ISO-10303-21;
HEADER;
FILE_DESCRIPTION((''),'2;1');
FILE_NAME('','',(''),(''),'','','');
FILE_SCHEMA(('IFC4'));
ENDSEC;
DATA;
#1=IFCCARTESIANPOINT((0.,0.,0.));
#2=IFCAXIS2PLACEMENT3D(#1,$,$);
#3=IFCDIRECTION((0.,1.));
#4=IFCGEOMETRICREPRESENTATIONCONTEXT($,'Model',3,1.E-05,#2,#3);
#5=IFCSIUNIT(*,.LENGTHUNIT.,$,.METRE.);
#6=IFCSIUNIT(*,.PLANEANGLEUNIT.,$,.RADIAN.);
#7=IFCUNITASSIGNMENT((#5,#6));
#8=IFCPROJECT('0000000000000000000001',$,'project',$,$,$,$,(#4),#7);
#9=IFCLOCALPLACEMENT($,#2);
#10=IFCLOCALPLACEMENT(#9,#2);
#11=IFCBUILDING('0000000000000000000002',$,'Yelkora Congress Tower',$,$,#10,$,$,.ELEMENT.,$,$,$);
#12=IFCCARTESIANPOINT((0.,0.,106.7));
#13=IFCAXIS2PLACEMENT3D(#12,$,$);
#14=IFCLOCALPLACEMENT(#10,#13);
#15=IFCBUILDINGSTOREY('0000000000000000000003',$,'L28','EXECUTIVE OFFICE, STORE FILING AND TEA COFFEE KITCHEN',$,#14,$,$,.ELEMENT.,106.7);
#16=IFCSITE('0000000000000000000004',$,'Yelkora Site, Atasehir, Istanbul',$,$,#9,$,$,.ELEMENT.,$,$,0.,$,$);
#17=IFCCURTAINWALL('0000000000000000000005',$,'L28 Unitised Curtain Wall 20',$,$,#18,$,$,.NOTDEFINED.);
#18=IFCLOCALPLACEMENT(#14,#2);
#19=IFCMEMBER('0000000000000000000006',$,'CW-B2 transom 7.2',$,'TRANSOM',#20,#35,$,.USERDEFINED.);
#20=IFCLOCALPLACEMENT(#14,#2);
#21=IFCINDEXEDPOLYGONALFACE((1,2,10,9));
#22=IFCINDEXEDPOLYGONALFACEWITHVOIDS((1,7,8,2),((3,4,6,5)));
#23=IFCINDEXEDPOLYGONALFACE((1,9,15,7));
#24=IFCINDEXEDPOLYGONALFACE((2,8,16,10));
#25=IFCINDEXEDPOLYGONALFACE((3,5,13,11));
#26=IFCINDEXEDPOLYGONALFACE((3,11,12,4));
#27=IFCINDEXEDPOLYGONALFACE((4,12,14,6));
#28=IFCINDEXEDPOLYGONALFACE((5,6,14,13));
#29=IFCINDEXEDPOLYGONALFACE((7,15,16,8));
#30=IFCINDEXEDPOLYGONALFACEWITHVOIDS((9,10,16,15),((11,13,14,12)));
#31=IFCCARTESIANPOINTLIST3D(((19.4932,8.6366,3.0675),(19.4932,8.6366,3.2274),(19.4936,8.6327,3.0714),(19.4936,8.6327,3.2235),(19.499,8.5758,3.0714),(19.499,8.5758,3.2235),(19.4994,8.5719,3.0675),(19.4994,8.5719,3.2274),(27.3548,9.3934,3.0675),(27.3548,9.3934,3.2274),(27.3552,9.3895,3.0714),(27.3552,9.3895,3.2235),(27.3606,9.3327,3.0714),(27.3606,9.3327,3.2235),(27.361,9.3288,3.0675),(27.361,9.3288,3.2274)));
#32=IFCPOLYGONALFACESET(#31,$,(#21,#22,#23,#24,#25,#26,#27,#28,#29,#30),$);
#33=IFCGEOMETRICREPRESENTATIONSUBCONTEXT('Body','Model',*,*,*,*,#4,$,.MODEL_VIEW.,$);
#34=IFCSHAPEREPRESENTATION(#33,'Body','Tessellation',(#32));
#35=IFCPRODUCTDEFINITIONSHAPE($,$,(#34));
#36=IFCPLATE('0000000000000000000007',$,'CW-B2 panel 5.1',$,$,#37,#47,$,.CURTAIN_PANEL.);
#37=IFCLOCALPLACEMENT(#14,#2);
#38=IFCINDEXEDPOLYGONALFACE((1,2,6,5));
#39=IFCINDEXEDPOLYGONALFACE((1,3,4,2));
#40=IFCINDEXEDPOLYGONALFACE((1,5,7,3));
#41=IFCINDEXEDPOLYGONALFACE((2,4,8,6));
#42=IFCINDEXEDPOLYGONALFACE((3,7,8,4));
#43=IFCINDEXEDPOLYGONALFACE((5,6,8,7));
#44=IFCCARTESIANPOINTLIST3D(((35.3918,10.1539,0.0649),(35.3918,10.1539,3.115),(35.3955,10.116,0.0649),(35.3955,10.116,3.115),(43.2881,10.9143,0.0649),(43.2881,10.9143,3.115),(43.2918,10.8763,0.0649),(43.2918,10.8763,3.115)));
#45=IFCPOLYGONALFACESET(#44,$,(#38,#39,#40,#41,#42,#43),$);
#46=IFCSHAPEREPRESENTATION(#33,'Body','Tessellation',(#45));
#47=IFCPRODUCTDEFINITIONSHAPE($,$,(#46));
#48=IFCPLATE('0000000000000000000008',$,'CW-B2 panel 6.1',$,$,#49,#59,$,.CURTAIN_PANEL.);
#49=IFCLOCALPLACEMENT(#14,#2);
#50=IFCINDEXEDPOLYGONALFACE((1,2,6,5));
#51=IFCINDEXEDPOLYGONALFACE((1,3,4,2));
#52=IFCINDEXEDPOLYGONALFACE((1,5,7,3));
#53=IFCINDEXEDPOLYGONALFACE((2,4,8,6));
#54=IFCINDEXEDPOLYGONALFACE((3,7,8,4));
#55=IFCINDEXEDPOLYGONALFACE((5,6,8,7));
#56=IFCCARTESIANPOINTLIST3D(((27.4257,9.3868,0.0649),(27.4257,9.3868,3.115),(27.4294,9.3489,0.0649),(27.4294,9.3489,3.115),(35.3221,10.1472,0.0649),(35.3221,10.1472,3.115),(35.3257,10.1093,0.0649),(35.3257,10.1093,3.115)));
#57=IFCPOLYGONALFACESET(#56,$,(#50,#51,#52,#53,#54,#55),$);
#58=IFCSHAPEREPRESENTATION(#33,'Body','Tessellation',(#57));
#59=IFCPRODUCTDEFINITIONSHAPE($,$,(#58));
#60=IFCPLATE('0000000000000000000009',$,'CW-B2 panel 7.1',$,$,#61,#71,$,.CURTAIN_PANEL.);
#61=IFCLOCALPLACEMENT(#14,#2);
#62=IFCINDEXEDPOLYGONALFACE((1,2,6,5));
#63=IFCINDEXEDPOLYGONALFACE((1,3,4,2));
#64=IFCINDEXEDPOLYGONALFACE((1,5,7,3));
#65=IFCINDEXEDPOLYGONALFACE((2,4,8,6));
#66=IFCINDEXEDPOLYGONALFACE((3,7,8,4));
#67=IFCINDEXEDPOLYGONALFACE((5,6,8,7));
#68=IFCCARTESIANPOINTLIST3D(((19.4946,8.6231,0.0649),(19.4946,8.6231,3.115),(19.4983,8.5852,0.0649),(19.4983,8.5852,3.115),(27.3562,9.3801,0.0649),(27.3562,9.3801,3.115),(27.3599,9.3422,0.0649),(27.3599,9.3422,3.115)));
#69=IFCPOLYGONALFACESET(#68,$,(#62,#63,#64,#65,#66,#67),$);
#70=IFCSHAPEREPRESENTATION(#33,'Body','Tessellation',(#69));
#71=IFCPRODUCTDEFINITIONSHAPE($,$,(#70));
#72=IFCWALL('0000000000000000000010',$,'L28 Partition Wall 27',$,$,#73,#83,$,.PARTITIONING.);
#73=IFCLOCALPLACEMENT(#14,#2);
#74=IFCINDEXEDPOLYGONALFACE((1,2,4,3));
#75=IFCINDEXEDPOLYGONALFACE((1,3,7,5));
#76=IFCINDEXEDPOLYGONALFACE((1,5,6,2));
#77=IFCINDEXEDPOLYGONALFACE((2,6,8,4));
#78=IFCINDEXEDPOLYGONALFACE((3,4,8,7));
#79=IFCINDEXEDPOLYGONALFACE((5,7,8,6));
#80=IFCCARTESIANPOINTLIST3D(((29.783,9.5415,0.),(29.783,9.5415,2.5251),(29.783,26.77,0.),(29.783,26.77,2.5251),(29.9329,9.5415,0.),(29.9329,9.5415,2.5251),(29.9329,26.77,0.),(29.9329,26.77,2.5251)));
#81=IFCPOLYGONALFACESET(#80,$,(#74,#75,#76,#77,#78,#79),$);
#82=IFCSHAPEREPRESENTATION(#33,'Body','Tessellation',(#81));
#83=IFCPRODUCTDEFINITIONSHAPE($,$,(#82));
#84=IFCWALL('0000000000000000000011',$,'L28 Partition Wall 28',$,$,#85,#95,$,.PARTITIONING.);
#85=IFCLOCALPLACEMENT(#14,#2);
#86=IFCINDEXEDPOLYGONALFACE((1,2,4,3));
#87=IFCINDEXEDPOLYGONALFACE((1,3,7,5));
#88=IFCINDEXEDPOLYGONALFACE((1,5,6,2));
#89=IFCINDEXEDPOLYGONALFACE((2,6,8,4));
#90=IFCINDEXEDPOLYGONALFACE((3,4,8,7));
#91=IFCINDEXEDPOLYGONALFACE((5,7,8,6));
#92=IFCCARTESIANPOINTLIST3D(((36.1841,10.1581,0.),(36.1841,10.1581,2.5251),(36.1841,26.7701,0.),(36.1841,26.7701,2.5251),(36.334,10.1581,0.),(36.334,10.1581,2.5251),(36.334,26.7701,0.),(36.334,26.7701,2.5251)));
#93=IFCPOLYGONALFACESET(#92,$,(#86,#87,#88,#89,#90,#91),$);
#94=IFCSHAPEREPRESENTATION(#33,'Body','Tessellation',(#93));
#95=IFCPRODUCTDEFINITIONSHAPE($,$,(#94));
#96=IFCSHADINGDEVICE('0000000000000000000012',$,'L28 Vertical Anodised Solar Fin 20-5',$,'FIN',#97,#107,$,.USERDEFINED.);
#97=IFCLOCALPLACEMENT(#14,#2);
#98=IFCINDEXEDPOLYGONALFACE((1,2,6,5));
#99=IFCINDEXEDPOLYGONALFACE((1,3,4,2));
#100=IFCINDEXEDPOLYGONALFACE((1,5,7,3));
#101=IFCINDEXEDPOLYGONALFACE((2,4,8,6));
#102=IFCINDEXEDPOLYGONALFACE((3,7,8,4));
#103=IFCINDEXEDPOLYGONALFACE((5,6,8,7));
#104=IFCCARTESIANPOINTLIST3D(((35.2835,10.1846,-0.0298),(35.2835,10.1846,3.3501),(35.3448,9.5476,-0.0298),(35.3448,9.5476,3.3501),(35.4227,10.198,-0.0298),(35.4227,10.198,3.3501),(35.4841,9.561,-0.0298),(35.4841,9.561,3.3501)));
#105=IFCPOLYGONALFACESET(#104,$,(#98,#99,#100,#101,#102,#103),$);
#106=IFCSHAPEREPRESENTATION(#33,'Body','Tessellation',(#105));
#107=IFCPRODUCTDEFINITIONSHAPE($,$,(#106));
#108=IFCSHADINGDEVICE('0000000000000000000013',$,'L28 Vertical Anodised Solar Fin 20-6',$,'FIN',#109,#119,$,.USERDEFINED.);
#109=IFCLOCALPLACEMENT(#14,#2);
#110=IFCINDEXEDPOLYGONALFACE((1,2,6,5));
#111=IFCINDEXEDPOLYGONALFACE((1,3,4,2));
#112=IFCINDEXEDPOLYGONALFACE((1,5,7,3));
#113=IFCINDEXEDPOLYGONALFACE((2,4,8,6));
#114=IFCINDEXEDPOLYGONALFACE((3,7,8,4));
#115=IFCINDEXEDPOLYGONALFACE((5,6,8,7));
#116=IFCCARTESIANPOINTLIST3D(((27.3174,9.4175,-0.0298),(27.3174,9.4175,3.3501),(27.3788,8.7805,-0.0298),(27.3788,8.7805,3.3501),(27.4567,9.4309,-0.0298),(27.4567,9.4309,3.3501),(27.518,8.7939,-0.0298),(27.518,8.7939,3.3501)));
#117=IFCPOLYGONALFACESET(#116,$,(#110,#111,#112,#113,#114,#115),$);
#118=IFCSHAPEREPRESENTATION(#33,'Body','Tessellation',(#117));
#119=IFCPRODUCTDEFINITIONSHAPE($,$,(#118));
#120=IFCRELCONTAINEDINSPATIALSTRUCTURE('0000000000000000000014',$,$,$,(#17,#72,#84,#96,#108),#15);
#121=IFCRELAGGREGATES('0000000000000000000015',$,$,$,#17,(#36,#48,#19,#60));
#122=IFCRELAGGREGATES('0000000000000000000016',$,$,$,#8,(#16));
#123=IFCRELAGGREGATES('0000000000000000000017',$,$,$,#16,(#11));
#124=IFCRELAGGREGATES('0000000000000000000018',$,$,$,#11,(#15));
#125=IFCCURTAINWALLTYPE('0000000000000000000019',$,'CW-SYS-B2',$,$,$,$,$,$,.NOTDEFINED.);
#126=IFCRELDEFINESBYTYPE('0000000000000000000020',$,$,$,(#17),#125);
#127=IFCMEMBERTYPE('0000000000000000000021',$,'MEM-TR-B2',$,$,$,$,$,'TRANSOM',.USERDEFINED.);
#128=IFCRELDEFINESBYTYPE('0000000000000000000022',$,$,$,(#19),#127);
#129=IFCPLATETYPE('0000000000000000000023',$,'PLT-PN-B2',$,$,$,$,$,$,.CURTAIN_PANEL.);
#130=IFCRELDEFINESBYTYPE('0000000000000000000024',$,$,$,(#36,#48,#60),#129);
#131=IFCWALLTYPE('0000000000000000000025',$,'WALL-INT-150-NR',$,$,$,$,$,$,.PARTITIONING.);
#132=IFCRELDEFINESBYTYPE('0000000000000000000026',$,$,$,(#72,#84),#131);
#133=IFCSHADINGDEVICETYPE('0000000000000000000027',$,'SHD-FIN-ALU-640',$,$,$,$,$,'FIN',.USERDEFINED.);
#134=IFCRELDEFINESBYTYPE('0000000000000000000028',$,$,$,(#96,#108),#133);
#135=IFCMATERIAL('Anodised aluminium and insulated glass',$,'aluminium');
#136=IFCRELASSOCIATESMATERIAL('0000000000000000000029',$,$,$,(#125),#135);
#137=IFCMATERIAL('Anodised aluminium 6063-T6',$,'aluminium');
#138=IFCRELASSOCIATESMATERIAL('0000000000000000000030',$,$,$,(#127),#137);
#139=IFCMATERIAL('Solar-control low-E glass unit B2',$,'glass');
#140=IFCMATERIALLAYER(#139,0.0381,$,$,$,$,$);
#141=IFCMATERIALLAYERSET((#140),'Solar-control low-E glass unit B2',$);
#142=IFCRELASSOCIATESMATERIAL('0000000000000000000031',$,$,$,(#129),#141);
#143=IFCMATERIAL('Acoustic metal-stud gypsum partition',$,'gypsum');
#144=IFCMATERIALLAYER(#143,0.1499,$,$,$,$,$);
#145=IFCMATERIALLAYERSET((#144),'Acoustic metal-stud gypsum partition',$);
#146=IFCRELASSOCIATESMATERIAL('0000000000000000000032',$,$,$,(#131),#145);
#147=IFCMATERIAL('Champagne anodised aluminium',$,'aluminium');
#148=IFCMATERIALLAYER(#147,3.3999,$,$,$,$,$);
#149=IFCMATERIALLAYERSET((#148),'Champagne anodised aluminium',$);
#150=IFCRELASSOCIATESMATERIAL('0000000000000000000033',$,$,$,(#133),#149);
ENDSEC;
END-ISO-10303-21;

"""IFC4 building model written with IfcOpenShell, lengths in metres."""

from ifc_helpers import new_model, si_unit, direction, frame, frame_2d, origin, origin_2d, place, context, subcontext, project, spatial, rectangle, hollow_rectangle, extrude, material, layer, layer_set, material_profile, profile_set, type_object, element, aggregate, save


model = new_model("IFC4")

# Units and contexts
model_context = context("Model", 3, precision=1e-05, world=origin(), true_north=direction((0.0, 1.0)))
body_context = subcontext(model_context, "Body", "Model", "MODEL_VIEW")
ifc_project = project(units=[si_unit("LENGTHUNIT", "METRE"), si_unit("PLANEANGLEUNIT", "RADIAN")], contexts=[model_context])

# Site, building, storey
site_placement = place(None, origin())
site = spatial("IfcSite", under=ifc_project, at=site_placement, Name="Yelkora Site, Atasehir, Istanbul", CompositionType="ELEMENT", RefElevation=0.0)
building_placement = place(site_placement, origin())
building = spatial("IfcBuilding", under=site, at=building_placement, Name="Yelkora Congress Tower", CompositionType="ELEMENT")
storey_placement = place(building_placement, frame((0.0, 0.0, 106.7)))
storey = spatial("IfcBuildingStorey", under=building, at=storey_placement, Name="L28", Description="EXECUTIVE OFFICE, STORE FILING AND TEA COFFEE KITCHEN", CompositionType="ELEMENT", Elevation=106.7)

# Curtain wall, member, plates
ifc_material_1 = material(Name="Anodised aluminium and insulated glass", Category="aluminium")
curtain_wall_type = type_object("IfcCurtainWallType", Name="CW-SYS-B2", PredefinedType="NOTDEFINED", material=ifc_material_1)
curtain_wall_placement = place(storey_placement, origin())
curtain_wall = element("IfcCurtainWall", 1, at=curtain_wall_placement, inside=storey, type_object=curtain_wall_type, Name="L28 Unitised Curtain Wall 20", PredefinedType="NOTDEFINED")
ifc_material_2 = material(Name="Anodised aluminium 6063-T6", Category="aluminium")
ifc_material_profile_1 = material_profile(ifc_material_2, hollow_rectangle(XDim=0.0649, YDim=0.1599, WallThickness=0.0039, at=origin_2d()), Name="ALU 65x160x4")
ifc_profile_set_1 = profile_set([ifc_material_profile_1], Name="Anodised aluminium 6063-T6")
member_type_1 = type_object("IfcMemberType", Name="MEM-TR-B2", ElementType="TRANSOM", PredefinedType="USERDEFINED", material=ifc_profile_set_1)
member_1_placement = place(storey_placement, frame((27.3579, 9.3611, 3.1475), z_axis=(-0.995398, -0.095827, 0.0), x_axis=(0.095827, -0.995398, 0.0)))
member_1 = element("IfcMember", 2, at=member_1_placement, type_object=member_type_1, Name="CW-B2 transom 7.2", ObjectType="TRANSOM", PredefinedType="USERDEFINED", context=body_context, shape_type="SweptSolid", body=[
    extrude(hollow_rectangle(XDim=0.0649, YDim=0.1599, WallThickness=0.0039, at=origin_2d()), origin(), (0.0, 0.0, 1.0), 7.8979),
])
ifc_material_3 = material(Name="Solar-control low-E glass unit B2", Category="glass")
ifc_layer_1 = layer(ifc_material_3, 0.0381)
ifc_layer_set_1 = layer_set([ifc_layer_1], Name="Solar-control low-E glass unit B2")
plate_type = type_object("IfcPlateType", Name="PLT-PN-B2", PredefinedType="CURTAIN_PANEL", material=ifc_layer_set_1)
plate_1_placement = place(storey_placement, frame((39.3418, 10.5151, 0.0649), z_axis=(0.0, 0.0, 1.0), x_axis=(-0.995396, -0.095844, 0.0)))
plate_1 = element("IfcPlate", 3, at=plate_1_placement, type_object=plate_type, Name="CW-B2 panel 5.1", PredefinedType="CURTAIN_PANEL", context=body_context, shape_type="SweptSolid", body=[
    extrude(rectangle(XDim=7.9329, YDim=0.0381, at=origin_2d()), origin(), (0.0, 0.0, 1.0), 3.05),
])
plate_2_placement = place(storey_placement, frame((31.3757, 9.748, 0.0649), z_axis=(0.0, 0.0, 1.0), x_axis=(-0.995396, -0.095844, 0.0)))
plate_2 = element("IfcPlate", 4, at=plate_2_placement, type_object=plate_type, Name="CW-B2 panel 6.1", PredefinedType="CURTAIN_PANEL", context=body_context, shape_type="SweptSolid", body=[
    extrude(rectangle(XDim=7.9329, YDim=0.0381, at=origin_2d()), origin(), (0.0, 0.0, 1.0), 3.05),
])
plate_3_placement = place(storey_placement, frame((23.4272, 8.9827, 0.0649), z_axis=(0.0, 0.0, 1.0), x_axis=(-0.995396, -0.095844, 0.0)))
plate_3 = element("IfcPlate", 5, at=plate_3_placement, type_object=plate_type, Name="CW-B2 panel 7.1", PredefinedType="CURTAIN_PANEL", context=body_context, shape_type="SweptSolid", body=[
    extrude(rectangle(XDim=7.8979, YDim=0.0381, at=origin_2d()), origin(), (0.0, 0.0, 1.0), 3.05),
])
aggregate(curtain_wall, [plate_1, plate_2, member_1, plate_3])

# Walls
ifc_material_4 = material(Name="Acoustic metal-stud gypsum partition", Category="gypsum")
ifc_layer_2 = layer(ifc_material_4, 0.1499)
ifc_layer_set_2 = layer_set([ifc_layer_2], Name="Acoustic metal-stud gypsum partition")
wall_type = type_object("IfcWallType", Name="WALL-INT-150-NR", PredefinedType="PARTITIONING", material=ifc_layer_set_2)
wall_1_placement = place(storey_placement, frame((29.8579, 9.5415, 0.0), z_axis=(0.0, 0.0, 1.0), x_axis=(0.0, 1.0, 0.0)))
element("IfcWall", 6, at=wall_1_placement, inside=storey, type_object=wall_type, Name="L28 Partition Wall 27", PredefinedType="PARTITIONING", context=body_context, shape_type="SweptSolid", body=[
    extrude(rectangle(XDim=17.2285, YDim=0.1499, at=frame_2d((8.6143, 0.0))), origin(), (0.0, 0.0, 1.0), 2.5251),
])
wall_2_placement = place(storey_placement, frame((36.259, 10.158, 0.0), z_axis=(0.0, 0.0, 1.0), x_axis=(0.0, 1.0, 0.0)))
element("IfcWall", 7, at=wall_2_placement, inside=storey, type_object=wall_type, Name="L28 Partition Wall 28", PredefinedType="PARTITIONING", context=body_context, shape_type="SweptSolid", body=[
    extrude(rectangle(XDim=16.6121, YDim=0.1499, at=frame_2d((8.3062, 0.0))), origin(), (0.0, 0.0, 1.0), 2.5251),
])

# Shading devices
ifc_material_5 = material(Name="Champagne anodised aluminium", Category="aluminium")
ifc_layer_3 = layer(ifc_material_5, 3.3999)
ifc_layer_set_3 = layer_set([ifc_layer_3], Name="Champagne anodised aluminium")
shading_device_type = type_object("IfcShadingDeviceType", Name="SHD-FIN-ALU-640", ElementType="FIN", PredefinedType="USERDEFINED", material=ifc_layer_set_3)
for number, where, z_axis, x_axis, name in (
    (8, (35.3838, 9.8728, -0.0298), (0.0, 0.0, 1.0), (-0.995396, -0.095846, 0.0), "L28 Vertical Anodised Solar Fin 20-5"),
    (9, (27.4177, 9.1057, -0.0298), (0.0, 0.0, 1.0), (-0.995396, -0.095846, 0.0), "L28 Vertical Anodised Solar Fin 20-6"),
):
    element("IfcShadingDevice", number, at=place(storey_placement, frame(where, z_axis=z_axis, x_axis=x_axis)), inside=storey, type_object=shading_device_type, Name=name, ObjectType="FIN", PredefinedType="USERDEFINED", context=body_context, shape_type="SweptSolid", body=[
        extrude(rectangle(XDim=0.1399, YDim=0.6399, at=origin_2d()), origin(), (0.0, 0.0, 1.0), 3.3799),
    ])

save(model, "model.ifc")
